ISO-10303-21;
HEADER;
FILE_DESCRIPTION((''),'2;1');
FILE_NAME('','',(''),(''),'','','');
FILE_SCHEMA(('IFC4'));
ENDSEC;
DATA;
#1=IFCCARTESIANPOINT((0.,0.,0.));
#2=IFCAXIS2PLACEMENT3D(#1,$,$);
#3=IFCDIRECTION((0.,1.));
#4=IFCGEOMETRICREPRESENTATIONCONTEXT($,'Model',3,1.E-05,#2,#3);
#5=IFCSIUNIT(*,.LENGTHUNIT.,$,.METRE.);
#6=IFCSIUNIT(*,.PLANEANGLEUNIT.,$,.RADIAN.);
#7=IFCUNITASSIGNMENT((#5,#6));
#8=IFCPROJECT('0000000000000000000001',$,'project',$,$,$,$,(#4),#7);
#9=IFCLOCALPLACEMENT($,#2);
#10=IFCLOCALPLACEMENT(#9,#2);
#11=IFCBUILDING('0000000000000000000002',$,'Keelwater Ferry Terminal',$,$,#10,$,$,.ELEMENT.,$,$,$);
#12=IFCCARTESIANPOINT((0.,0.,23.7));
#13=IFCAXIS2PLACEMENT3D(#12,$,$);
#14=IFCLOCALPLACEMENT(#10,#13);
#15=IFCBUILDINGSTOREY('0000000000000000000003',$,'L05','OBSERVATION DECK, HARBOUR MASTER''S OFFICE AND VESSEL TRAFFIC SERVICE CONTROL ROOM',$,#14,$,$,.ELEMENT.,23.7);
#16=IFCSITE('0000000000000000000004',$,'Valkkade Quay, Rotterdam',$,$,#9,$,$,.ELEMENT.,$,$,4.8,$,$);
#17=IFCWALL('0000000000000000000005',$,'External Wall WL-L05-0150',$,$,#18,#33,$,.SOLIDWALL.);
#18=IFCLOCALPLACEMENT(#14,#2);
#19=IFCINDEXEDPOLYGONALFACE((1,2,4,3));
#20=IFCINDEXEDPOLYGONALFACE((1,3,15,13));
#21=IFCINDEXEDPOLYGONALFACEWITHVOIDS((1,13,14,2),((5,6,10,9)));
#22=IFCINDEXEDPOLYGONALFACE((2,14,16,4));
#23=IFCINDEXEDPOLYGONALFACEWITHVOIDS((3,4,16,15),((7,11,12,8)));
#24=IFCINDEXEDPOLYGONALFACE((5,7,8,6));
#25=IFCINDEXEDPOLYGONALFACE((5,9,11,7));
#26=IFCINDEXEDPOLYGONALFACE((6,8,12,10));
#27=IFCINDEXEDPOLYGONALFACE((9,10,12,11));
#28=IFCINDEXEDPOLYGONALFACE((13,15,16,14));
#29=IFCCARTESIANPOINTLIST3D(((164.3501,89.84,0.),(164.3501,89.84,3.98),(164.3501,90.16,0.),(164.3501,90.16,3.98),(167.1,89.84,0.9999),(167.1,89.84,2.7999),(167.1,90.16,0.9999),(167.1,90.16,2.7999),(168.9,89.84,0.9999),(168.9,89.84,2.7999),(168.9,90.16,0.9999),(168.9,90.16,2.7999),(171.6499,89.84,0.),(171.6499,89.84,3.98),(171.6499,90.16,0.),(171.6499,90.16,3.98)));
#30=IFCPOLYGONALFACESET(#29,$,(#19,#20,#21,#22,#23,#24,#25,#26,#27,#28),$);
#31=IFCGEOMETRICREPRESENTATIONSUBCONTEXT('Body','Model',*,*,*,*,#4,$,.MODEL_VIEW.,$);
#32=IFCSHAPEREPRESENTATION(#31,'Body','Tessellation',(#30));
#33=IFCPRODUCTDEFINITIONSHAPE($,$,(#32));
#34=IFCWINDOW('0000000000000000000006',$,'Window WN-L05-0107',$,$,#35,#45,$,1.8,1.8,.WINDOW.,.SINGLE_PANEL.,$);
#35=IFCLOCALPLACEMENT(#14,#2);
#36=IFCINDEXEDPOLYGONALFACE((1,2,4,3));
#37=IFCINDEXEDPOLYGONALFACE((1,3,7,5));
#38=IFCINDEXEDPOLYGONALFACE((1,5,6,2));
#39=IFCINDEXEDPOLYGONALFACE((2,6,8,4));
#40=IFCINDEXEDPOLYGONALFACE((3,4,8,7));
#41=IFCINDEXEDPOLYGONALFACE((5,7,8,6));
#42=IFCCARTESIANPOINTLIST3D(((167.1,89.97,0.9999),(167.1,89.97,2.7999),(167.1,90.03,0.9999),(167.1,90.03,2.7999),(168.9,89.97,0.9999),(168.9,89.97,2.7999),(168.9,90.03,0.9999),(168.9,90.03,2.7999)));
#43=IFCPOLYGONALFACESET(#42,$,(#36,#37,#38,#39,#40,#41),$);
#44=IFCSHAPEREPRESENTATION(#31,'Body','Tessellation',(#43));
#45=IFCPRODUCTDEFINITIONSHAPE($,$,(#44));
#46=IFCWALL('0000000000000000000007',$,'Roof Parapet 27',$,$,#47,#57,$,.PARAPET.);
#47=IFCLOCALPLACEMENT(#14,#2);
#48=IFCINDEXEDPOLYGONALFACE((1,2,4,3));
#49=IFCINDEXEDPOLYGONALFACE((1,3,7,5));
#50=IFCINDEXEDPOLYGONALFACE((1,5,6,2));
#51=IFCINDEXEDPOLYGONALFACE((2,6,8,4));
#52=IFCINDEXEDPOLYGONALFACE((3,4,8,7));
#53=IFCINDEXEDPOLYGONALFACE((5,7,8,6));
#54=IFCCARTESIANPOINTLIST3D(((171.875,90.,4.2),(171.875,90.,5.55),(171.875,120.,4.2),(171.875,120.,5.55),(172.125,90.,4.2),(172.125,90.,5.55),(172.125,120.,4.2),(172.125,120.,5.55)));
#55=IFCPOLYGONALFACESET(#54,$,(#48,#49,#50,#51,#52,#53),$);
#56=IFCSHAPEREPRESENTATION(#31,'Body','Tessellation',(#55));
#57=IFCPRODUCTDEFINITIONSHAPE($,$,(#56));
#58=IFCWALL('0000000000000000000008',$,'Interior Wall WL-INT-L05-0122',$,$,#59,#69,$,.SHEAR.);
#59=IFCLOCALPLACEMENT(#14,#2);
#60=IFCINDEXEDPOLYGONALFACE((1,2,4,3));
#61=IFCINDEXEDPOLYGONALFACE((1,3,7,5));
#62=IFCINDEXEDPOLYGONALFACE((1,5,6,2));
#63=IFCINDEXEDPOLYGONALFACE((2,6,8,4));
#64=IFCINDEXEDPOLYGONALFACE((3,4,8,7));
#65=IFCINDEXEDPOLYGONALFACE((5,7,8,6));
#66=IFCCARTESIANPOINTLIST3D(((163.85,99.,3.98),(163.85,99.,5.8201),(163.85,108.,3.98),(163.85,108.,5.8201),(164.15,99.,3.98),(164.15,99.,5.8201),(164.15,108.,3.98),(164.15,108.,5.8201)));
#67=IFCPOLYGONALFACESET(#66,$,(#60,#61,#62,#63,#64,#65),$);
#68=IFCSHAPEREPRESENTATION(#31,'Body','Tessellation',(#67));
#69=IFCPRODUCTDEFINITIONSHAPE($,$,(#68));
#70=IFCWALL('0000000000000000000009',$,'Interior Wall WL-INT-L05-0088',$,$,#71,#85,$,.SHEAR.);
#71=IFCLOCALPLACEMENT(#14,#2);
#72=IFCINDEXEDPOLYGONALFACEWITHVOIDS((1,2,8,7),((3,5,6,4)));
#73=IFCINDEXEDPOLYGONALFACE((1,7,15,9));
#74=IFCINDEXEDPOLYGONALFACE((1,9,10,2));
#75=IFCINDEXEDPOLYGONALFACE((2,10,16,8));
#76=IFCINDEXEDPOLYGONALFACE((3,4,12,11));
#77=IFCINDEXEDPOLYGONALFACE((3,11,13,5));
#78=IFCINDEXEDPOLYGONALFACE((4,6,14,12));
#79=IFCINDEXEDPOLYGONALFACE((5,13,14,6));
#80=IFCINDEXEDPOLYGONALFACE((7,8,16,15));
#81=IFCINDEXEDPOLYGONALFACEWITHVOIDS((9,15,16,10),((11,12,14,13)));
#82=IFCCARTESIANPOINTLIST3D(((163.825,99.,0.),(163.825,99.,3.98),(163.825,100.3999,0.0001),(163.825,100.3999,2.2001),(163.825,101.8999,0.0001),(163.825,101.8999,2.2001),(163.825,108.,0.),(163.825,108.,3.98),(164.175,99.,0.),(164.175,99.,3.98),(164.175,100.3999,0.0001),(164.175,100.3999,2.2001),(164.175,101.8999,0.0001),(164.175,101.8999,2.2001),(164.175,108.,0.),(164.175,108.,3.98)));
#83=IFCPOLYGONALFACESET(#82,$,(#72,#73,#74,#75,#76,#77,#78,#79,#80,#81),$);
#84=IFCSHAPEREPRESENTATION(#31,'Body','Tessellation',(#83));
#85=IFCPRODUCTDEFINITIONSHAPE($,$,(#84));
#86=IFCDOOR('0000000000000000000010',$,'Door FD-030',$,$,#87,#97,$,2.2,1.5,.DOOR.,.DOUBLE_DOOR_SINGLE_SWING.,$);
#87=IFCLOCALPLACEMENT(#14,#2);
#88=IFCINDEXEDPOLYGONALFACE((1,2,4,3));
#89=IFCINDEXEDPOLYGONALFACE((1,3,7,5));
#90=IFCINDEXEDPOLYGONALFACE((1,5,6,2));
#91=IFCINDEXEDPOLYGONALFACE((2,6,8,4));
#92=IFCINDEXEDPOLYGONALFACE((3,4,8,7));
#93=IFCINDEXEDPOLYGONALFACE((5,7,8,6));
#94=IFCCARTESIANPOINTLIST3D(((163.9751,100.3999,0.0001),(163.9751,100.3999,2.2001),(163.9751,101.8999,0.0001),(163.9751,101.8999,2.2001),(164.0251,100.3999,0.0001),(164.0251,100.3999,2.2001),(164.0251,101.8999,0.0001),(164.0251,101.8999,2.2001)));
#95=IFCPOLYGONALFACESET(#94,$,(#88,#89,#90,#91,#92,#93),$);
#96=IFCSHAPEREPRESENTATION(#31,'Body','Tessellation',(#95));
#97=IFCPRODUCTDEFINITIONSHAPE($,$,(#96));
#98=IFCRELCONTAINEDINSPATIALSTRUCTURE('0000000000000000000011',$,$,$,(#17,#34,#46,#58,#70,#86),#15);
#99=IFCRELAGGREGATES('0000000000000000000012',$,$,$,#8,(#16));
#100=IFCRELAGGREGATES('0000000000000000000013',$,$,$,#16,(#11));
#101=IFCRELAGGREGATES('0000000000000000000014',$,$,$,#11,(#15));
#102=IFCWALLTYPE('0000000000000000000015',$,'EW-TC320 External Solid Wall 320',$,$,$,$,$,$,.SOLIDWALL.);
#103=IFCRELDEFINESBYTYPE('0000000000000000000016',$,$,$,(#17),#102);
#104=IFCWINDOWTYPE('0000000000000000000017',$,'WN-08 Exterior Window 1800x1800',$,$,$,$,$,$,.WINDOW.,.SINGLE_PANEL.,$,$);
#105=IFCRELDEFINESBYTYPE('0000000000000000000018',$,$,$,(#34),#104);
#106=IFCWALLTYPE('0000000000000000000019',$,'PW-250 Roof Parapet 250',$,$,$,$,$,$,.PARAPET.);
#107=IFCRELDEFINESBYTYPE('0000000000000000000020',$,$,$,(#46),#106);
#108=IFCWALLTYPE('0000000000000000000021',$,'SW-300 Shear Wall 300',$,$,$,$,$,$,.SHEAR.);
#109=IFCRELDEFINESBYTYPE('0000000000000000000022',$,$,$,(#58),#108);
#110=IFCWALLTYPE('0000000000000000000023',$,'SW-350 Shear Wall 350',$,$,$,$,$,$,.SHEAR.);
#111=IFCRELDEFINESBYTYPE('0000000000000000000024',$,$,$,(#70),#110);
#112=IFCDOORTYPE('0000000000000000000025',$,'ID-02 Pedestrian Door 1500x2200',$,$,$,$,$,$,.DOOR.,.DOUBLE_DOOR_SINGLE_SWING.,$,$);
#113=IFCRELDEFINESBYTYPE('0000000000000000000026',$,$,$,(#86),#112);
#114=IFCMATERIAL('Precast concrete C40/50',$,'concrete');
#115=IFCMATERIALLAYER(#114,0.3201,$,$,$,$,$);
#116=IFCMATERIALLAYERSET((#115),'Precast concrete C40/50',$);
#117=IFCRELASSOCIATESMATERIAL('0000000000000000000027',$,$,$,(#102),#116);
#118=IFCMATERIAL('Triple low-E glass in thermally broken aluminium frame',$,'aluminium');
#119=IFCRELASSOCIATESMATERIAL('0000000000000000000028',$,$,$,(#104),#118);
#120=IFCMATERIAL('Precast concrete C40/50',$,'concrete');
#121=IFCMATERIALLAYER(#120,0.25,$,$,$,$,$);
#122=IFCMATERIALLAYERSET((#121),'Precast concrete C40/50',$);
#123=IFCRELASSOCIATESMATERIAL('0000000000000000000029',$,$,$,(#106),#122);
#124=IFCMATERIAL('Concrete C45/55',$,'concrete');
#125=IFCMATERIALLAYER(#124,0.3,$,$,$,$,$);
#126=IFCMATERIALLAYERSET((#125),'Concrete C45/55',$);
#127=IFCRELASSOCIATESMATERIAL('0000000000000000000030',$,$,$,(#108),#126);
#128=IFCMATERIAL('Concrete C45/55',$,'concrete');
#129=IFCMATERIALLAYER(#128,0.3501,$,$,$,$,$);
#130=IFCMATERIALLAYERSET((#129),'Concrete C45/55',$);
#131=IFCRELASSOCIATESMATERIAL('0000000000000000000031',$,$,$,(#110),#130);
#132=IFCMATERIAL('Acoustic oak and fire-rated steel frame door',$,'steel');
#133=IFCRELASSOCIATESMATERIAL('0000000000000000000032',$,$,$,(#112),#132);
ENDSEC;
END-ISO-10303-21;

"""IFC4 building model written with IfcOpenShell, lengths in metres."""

from ifc_helpers import new_model, si_unit, direction, frame, frame_2d, origin, place, context, subcontext, project, spatial, rectangle, extrude, material, layer, layer_set, type_object, element, fill, save


model = new_model("IFC4")

# Units and contexts
model_context = context("Model", 3, precision=1e-05, world=origin(), true_north=direction((0.0, 1.0)))
body_context = subcontext(model_context, "Body", "Model", "MODEL_VIEW")
ifc_project = project(units=[si_unit("LENGTHUNIT", "METRE"), si_unit("PLANEANGLEUNIT", "RADIAN")], contexts=[model_context])

# Site, building, storey
site_placement = place(None, origin())
site = spatial("IfcSite", under=ifc_project, at=site_placement, Name="Valkkade Quay, Rotterdam", CompositionType="ELEMENT", RefElevation=4.8)
building_placement = place(site_placement, origin())
building = spatial("IfcBuilding", under=site, at=building_placement, Name="Keelwater Ferry Terminal", CompositionType="ELEMENT")
storey_placement = place(building_placement, frame((0.0, 0.0, 23.7)))
storey = spatial("IfcBuildingStorey", under=building, at=storey_placement, Name="L05", Description="OBSERVATION DECK, HARBOUR MASTER'S OFFICE AND VESSEL TRAFFIC SERVICE CONTROL ROOM", CompositionType="ELEMENT", Elevation=23.7)

# Shared definitions
ifc_material_1 = material(Name="Precast concrete C40/50", Category="concrete")
ifc_layer_1 = layer(ifc_material_1, 0.3201)
ifc_layer_set_1 = layer_set([ifc_layer_1], Name="Precast concrete C40/50")
wall_type_1 = type_object("IfcWallType", Name="EW-TC320 External Solid Wall 320", PredefinedType="SOLIDWALL", material=ifc_layer_set_1)

# Wall, opening, window
wall_1_placement = place(storey_placement, frame((171.6499, 90.0, 0.0), z_axis=(0.0, 0.0, 1.0), x_axis=(-1.0, 0.0, 0.0)))
wall_1 = element("IfcWall", 1, at=wall_1_placement, inside=storey, type_object=wall_type_1, Name="External Wall WL-L05-0150", PredefinedType="SOLIDWALL", context=body_context, shape_type="SweptSolid", body=[
    extrude(rectangle(XDim=7.2998, YDim=0.3201, at=frame_2d((3.6499, 0.0))), origin(), (0.0, 0.0, 1.0), 3.98),
])
opening_1_placement = place(wall_1_placement, frame((2.75, 0.0, 1.0)))
opening_1 = element("IfcOpeningElement", 2, at=opening_1_placement, cuts=wall_1, PredefinedType="OPENING", context=body_context, shape_type="SweptSolid", body=[
    extrude(rectangle(XDim=1.8, YDim=1.8, at=frame_2d((0.8999, 0.8999))), frame((0.0, 0.1702, 0.0), z_axis=(0.0, -1.0, 0.0), x_axis=(1.0, 0.0, 0.0)), (0.0, 0.0, 1.0), 0.3401),
])
ifc_material_2 = material(Name="Triple low-E glass in thermally broken aluminium frame", Category="aluminium")
window_type_1 = type_object("IfcWindowType", Name="WN-08 Exterior Window 1800x1800", PartitioningType="SINGLE_PANEL", PredefinedType="WINDOW", material=ifc_material_2)
window_1_placement = place(opening_1_placement, origin())
window_1 = element("IfcWindow", 3, at=window_1_placement, inside=storey, type_object=window_type_1, Name="Window WN-L05-0107", OverallHeight=1.8, OverallWidth=1.8, PartitioningType="SINGLE_PANEL", PredefinedType="WINDOW", context=body_context, shape_type="SweptSolid", body=[
    extrude(rectangle(XDim=1.8, YDim=1.8, at=frame_2d((0.8999, 0.8999))), frame((0.0, 0.03, 0.0), z_axis=(0.0, -1.0, 0.0), x_axis=(1.0, 0.0, 0.0)), (0.0, 0.0, 1.0), 0.0601),
])
fill(opening_1, window_1)

# Walls
ifc_material_3 = material(Name="Precast concrete C40/50", Category="concrete")
ifc_layer_2 = layer(ifc_material_3, 0.25)
ifc_layer_set_2 = layer_set([ifc_layer_2], Name="Precast concrete C40/50")
wall_type_2 = type_object("IfcWallType", Name="PW-250 Roof Parapet 250", PredefinedType="PARAPET", material=ifc_layer_set_2)
wall_2_placement = place(storey_placement, frame((172.0, 90.0, 4.2), z_axis=(0.0, 0.0, 1.0), x_axis=(0.0, 1.0, 0.0)))
element("IfcWall", 4, at=wall_2_placement, inside=storey, type_object=wall_type_2, Name="Roof Parapet 27", PredefinedType="PARAPET", context=body_context, shape_type="SweptSolid", body=[
    extrude(rectangle(XDim=30.0, YDim=0.25, at=frame_2d((15.0, 0.0))), origin(), (0.0, 0.0, 1.0), 1.3501),
])
ifc_material_4 = material(Name="Concrete C45/55", Category="concrete")
ifc_layer_3 = layer(ifc_material_4, 0.3)
ifc_layer_set_3 = layer_set([ifc_layer_3], Name="Concrete C45/55")
wall_type_3 = type_object("IfcWallType", Name="SW-300 Shear Wall 300", PredefinedType="SHEAR", material=ifc_layer_set_3)
wall_3_placement = place(storey_placement, frame((164.0, 99.0, 3.98), z_axis=(0.0, 0.0, 1.0), x_axis=(0.0, 1.0, 0.0)))
element("IfcWall", 5, at=wall_3_placement, inside=storey, type_object=wall_type_3, Name="Interior Wall WL-INT-L05-0122", PredefinedType="SHEAR", context=body_context, shape_type="SweptSolid", body=[
    extrude(rectangle(XDim=9.0, YDim=0.3, at=frame_2d((4.5, 0.0))), origin(), (0.0, 0.0, 1.0), 1.8401),
])

# Wall, opening, door
ifc_material_5 = material(Name="Concrete C45/55", Category="concrete")
ifc_layer_4 = layer(ifc_material_5, 0.3501)
ifc_layer_set_4 = layer_set([ifc_layer_4], Name="Concrete C45/55")
wall_type_4 = type_object("IfcWallType", Name="SW-350 Shear Wall 350", PredefinedType="SHEAR", material=ifc_layer_set_4)
wall_4_placement = place(storey_placement, frame((164.0, 99.0, 0.0), z_axis=(0.0, 0.0, 1.0), x_axis=(0.0, 1.0, 0.0)))
wall_4 = element("IfcWall", 6, at=wall_4_placement, inside=storey, type_object=wall_type_4, Name="Interior Wall WL-INT-L05-0088", PredefinedType="SHEAR", context=body_context, shape_type="SweptSolid", body=[
    extrude(rectangle(XDim=9.0, YDim=0.3501, at=frame_2d((4.5, 0.0))), origin(), (0.0, 0.0, 1.0), 3.98),
])
opening_2_placement = place(wall_4_placement, frame((1.3999, 0.0, 0.0)))
opening_2 = element("IfcOpeningElement", 7, at=opening_2_placement, cuts=wall_4, PredefinedType="OPENING", context=body_context, shape_type="SweptSolid", body=[
    extrude(rectangle(XDim=1.5, YDim=2.2, at=frame_2d((0.75, 1.1001))), frame((0.0, 0.1851, 0.0), z_axis=(0.0, -1.0, 0.0), x_axis=(1.0, 0.0, 0.0)), (0.0, 0.0, 1.0), 0.3701),
])
ifc_material_6 = material(Name="Acoustic oak and fire-rated steel frame door", Category="steel")
door_type_1 = type_object("IfcDoorType", Name="ID-02 Pedestrian Door 1500x2200", OperationType="DOUBLE_DOOR_SINGLE_SWING", PredefinedType="DOOR", material=ifc_material_6)
door_1_placement = place(opening_2_placement, origin())
door_1 = element("IfcDoor", 8, at=door_1_placement, inside=storey, type_object=door_type_1, Name="Door FD-030", OperationType="DOUBLE_DOOR_SINGLE_SWING", OverallHeight=2.2, OverallWidth=1.5, PredefinedType="DOOR", context=body_context, shape_type="SweptSolid", body=[
    extrude(rectangle(XDim=1.5, YDim=2.2, at=frame_2d((0.75, 1.1001))), frame((0.0, 0.0249, 0.0), z_axis=(0.0, -1.0, 0.0), x_axis=(1.0, 0.0, 0.0)), (0.0, 0.0, 1.0), 0.05),
])
fill(opening_2, door_1)

save(model, "model.ifc")
